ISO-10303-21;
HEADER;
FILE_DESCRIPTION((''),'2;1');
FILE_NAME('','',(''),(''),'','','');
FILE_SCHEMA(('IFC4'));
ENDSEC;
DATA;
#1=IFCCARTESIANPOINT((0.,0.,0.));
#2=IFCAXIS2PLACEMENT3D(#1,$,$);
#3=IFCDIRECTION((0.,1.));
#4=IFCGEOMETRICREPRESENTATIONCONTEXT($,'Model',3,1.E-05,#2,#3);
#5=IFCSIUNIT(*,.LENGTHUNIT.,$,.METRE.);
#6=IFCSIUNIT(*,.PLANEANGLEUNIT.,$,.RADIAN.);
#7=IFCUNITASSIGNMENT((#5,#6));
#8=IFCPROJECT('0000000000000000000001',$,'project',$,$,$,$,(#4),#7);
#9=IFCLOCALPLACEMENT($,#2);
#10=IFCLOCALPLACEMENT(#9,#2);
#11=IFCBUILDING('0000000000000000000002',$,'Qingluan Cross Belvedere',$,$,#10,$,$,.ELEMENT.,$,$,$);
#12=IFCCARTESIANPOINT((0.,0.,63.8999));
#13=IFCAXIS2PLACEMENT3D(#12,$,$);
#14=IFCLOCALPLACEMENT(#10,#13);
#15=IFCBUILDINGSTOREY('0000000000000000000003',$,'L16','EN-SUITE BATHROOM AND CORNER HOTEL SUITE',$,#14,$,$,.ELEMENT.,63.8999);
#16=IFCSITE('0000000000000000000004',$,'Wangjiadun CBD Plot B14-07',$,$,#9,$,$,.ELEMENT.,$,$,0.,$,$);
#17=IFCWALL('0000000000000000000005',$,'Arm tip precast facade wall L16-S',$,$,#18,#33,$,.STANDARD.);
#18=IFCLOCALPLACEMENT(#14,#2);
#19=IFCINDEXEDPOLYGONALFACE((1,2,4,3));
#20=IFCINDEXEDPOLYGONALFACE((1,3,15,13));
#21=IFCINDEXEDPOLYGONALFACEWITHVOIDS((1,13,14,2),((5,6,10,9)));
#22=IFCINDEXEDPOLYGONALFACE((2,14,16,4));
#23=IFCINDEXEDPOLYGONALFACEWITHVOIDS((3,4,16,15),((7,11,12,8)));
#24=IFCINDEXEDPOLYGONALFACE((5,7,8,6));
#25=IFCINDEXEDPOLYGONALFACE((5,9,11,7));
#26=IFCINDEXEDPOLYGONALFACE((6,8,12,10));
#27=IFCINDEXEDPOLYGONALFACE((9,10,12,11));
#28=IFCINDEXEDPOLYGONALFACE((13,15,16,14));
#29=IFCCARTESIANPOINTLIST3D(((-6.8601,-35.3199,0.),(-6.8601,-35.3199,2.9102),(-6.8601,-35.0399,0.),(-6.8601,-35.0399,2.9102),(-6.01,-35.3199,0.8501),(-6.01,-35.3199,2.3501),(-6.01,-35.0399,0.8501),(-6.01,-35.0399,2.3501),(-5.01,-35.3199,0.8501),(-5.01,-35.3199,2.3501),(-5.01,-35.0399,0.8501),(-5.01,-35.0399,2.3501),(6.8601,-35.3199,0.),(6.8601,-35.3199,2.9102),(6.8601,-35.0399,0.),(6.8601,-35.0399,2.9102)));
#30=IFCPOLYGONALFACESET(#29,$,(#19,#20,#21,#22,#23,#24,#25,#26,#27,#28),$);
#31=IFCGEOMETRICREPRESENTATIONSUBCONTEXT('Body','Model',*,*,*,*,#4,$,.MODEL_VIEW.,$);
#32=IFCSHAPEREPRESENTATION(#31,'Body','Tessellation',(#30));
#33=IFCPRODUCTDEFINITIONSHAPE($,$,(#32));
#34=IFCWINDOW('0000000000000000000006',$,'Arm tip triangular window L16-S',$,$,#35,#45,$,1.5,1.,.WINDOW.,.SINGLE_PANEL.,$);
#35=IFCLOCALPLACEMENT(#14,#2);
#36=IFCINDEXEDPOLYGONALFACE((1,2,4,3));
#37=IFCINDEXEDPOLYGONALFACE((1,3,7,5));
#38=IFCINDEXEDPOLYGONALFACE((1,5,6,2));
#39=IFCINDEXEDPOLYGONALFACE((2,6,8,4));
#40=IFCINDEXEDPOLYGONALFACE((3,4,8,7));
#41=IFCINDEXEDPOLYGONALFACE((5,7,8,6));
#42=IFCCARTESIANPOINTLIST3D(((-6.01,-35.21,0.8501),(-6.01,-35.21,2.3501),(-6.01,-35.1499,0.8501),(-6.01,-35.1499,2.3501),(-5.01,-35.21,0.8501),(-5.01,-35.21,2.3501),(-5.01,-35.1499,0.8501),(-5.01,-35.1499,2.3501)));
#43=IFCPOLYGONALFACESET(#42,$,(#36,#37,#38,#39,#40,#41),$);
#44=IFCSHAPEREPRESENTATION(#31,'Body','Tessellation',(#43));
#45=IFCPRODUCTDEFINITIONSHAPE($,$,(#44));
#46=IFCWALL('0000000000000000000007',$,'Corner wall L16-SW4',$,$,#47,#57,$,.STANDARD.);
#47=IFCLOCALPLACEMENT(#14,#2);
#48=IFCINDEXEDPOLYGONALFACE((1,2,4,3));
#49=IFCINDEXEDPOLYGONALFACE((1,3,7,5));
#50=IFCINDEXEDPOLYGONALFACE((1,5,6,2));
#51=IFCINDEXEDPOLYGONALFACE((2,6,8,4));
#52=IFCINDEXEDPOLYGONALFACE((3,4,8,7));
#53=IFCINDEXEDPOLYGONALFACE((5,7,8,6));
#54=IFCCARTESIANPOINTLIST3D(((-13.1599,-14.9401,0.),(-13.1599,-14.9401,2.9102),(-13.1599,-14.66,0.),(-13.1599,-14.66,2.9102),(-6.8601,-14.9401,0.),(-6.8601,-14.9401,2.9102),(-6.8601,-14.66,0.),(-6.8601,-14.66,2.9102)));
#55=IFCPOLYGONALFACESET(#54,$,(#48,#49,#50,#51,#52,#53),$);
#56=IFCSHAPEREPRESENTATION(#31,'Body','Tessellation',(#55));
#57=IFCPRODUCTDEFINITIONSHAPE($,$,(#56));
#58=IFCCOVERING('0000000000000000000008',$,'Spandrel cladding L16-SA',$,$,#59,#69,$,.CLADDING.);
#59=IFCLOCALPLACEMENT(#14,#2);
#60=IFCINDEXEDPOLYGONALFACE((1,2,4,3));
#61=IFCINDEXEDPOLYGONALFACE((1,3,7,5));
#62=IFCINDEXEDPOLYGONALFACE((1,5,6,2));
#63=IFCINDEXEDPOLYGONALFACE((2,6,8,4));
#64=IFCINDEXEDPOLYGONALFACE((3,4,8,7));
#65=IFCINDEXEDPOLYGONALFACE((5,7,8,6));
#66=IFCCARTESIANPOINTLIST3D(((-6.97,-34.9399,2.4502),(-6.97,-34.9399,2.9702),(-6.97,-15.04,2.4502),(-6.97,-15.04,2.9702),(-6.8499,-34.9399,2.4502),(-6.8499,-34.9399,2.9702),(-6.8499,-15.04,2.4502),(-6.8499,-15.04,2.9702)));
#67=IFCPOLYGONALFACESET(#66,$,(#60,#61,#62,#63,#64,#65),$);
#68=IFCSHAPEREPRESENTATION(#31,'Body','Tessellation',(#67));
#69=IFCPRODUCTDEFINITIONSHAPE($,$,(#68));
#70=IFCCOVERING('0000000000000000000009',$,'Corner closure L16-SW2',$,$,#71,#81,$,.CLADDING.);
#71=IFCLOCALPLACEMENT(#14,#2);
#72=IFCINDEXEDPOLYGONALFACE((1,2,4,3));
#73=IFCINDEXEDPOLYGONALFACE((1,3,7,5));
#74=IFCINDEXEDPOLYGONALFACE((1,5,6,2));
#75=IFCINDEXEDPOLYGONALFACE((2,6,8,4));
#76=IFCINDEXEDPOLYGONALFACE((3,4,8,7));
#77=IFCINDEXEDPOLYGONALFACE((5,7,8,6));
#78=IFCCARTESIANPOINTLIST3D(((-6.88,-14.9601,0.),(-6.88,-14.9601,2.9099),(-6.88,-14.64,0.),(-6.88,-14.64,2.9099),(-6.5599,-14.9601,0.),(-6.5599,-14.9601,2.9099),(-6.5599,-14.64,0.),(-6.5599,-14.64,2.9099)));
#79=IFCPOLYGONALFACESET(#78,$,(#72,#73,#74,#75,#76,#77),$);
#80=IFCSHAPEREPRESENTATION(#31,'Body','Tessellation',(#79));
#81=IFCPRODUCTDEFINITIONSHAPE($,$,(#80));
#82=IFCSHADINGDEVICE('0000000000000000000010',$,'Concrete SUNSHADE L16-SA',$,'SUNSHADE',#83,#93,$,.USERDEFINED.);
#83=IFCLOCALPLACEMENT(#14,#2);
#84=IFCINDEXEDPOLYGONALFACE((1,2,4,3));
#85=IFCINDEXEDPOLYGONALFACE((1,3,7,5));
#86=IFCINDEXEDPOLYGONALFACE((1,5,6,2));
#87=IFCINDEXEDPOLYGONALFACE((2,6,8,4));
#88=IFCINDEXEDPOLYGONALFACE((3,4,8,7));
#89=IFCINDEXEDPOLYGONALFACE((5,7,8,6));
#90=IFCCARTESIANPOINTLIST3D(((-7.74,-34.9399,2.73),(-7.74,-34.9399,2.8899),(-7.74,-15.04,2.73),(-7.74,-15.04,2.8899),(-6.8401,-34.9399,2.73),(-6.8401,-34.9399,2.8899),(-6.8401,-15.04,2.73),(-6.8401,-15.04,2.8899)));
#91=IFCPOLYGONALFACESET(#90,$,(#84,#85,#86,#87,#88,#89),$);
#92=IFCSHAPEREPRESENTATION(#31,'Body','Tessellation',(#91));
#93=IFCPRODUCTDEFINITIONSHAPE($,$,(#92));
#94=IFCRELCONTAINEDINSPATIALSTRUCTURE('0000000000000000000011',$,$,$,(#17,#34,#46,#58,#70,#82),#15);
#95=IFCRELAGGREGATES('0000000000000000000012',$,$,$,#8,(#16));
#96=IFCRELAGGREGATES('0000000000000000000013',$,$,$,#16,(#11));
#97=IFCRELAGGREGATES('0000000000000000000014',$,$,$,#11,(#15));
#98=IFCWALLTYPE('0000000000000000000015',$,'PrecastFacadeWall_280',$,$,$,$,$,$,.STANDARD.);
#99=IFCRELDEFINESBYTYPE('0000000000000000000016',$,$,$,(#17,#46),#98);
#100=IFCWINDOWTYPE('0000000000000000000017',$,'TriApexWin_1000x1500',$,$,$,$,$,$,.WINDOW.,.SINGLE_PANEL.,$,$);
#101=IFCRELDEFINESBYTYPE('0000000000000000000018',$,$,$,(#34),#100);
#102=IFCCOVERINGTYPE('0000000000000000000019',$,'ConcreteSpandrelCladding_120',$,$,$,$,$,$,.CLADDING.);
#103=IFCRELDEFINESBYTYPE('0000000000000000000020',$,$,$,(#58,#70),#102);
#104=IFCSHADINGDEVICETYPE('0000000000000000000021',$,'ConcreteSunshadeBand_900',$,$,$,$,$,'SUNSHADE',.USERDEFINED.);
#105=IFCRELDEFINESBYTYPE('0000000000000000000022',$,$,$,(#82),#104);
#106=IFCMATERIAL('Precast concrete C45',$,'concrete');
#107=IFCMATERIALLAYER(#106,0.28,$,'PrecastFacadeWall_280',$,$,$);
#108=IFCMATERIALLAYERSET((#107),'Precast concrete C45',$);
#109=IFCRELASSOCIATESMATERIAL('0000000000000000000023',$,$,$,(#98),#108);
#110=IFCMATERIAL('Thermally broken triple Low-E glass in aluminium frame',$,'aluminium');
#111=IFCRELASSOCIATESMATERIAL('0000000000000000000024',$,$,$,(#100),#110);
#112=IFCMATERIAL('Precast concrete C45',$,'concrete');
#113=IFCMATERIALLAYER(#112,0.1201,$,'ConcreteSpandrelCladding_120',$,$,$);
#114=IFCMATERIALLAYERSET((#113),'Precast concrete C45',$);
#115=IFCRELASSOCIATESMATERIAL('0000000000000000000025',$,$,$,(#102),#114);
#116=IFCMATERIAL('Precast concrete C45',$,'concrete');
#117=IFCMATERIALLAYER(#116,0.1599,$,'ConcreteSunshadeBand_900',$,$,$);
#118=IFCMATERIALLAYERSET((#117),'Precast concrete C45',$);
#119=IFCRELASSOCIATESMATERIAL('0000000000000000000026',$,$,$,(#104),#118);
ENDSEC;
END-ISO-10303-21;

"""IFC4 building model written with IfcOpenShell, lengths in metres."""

from ifc_helpers import new_model, si_unit, direction, frame, frame_2d, origin, origin_2d, place, context, subcontext, project, spatial, rectangle, extrude, material, layer, layer_set, type_object, element, fill, save


model = new_model("IFC4")

# Units and contexts
model_context = context("Model", 3, precision=1e-05, world=origin(), true_north=direction((0.0, 1.0)))
body_context = subcontext(model_context, "Body", "Model", "MODEL_VIEW")
ifc_project = project(units=[si_unit("LENGTHUNIT", "METRE"), si_unit("PLANEANGLEUNIT", "RADIAN")], contexts=[model_context])

# Site, building, storey
site_placement = place(None, origin())
site = spatial("IfcSite", under=ifc_project, at=site_placement, Name="Wangjiadun CBD Plot B14-07", CompositionType="ELEMENT", RefElevation=0.0)
building_placement = place(site_placement, origin())
building = spatial("IfcBuilding", under=site, at=building_placement, Name="Qingluan Cross Belvedere", CompositionType="ELEMENT")
storey_placement = place(building_placement, frame((0.0, 0.0, 63.8999)))
storey = spatial("IfcBuildingStorey", under=building, at=storey_placement, Name="L16", Description="EN-SUITE BATHROOM AND CORNER HOTEL SUITE", CompositionType="ELEMENT", Elevation=63.8999)

# Shared definitions
ifc_material_1 = material(Name="Precast concrete C45", Category="concrete")
ifc_layer_1 = layer(ifc_material_1, 0.28, Name="PrecastFacadeWall_280")
ifc_layer_set_1 = layer_set([ifc_layer_1], Name="Precast concrete C45")
wall_type_1 = type_object("IfcWallType", Name="PrecastFacadeWall_280", PredefinedType="STANDARD", material=ifc_layer_set_1)

# Wall, opening, window
wall_1_placement = place(storey_placement, frame((-6.8601, -35.1799, 0.0), z_axis=(0.0, 0.0, 1.0), x_axis=(1.0, 0.0, 0.0)))
wall_1 = element("IfcWall", 1, at=wall_1_placement, inside=storey, type_object=wall_type_1, Name="Arm tip precast facade wall L16-S", PredefinedType="STANDARD", context=body_context, shape_type="SweptSolid", body=[
    extrude(rectangle(XDim=13.7202, YDim=0.28, at=frame_2d((6.8601, 0.0))), origin(), (0.0, 0.0, 1.0), 2.9102),
])
opening_1_placement = place(wall_1_placement, frame((0.8501, 0.0, 0.8501)))
opening_1 = element("IfcOpeningElement", 2, at=opening_1_placement, cuts=wall_1, PredefinedType="OPENING", context=body_context, shape_type="SweptSolid", body=[
    extrude(rectangle(XDim=1.0, YDim=1.5, at=frame_2d((0.5, 0.75))), frame((0.0, 0.1499, 0.0), z_axis=(0.0, -1.0, 0.0), x_axis=(1.0, 0.0, 0.0)), (0.0, 0.0, 1.0), 0.3),
])
ifc_material_2 = material(Name="Thermally broken triple Low-E glass in aluminium frame", Category="aluminium")
window_type_1 = type_object("IfcWindowType", Name="TriApexWin_1000x1500", PartitioningType="SINGLE_PANEL", PredefinedType="WINDOW", material=ifc_material_2)
window_1_placement = place(opening_1_placement, origin())
window_1 = element("IfcWindow", 3, at=window_1_placement, inside=storey, type_object=window_type_1, Name="Arm tip triangular window L16-S", OverallHeight=1.5, OverallWidth=1.0, PartitioningType="SINGLE_PANEL", PredefinedType="WINDOW", context=body_context, shape_type="SweptSolid", body=[
    extrude(rectangle(XDim=1.0, YDim=1.5, at=frame_2d((0.5, 0.75))), frame((0.0, 0.03, 0.0), z_axis=(0.0, -1.0, 0.0), x_axis=(1.0, 0.0, 0.0)), (0.0, 0.0, 1.0), 0.0601),
])
fill(opening_1, window_1)

# Wall
wall_2_placement = place(storey_placement, frame((-13.1599, -14.8, 0.0), z_axis=(0.0, 0.0, 1.0), x_axis=(1.0, 0.0, 0.0)))
element("IfcWall", 4, at=wall_2_placement, inside=storey, type_object=wall_type_1, Name="Corner wall L16-SW4", PredefinedType="STANDARD", context=body_context, shape_type="SweptSolid", body=[
    extrude(rectangle(XDim=6.2998, YDim=0.28, at=frame_2d((3.1499, 0.0))), origin(), (0.0, 0.0, 1.0), 2.9102),
])

# Coverings
ifc_material_3 = material(Name="Precast concrete C45", Category="concrete")
ifc_layer_2 = layer(ifc_material_3, 0.1201, Name="ConcreteSpandrelCladding_120")
ifc_layer_set_2 = layer_set([ifc_layer_2], Name="Precast concrete C45")
covering_type = type_object("IfcCoveringType", Name="ConcreteSpandrelCladding_120", PredefinedType="CLADDING", material=ifc_layer_set_2)
covering_1_placement = place(storey_placement, frame((-6.9099, -24.99, 2.4502), z_axis=(0.0, 0.0, 1.0), x_axis=(0.0, -1.0, 0.0)))
element("IfcCovering", 5, at=covering_1_placement, inside=storey, type_object=covering_type, Name="Spandrel cladding L16-SA", PredefinedType="CLADDING", context=body_context, shape_type="SweptSolid", body=[
    extrude(rectangle(XDim=19.8999, YDim=0.1201, at=origin_2d()), origin(), (0.0, 0.0, 1.0), 0.52),
])
covering_2_placement = place(storey_placement, frame((-6.72, -14.8, 0.0), z_axis=(0.0, 0.0, 1.0), x_axis=(1.0, 0.0, 0.0)))
element("IfcCovering", 6, at=covering_2_placement, inside=storey, type_object=covering_type, Name="Corner closure L16-SW2", PredefinedType="CLADDING", context=body_context, shape_type="SweptSolid", body=[
    extrude(rectangle(XDim=0.3201, YDim=0.3201, at=origin_2d()), origin(), (0.0, 0.0, 1.0), 2.9099),
])

# Shading device
ifc_material_4 = material(Name="Precast concrete C45", Category="concrete")
ifc_layer_3 = layer(ifc_material_4, 0.1599, Name="ConcreteSunshadeBand_900")
ifc_layer_set_3 = layer_set([ifc_layer_3], Name="Precast concrete C45")
shading_device_type = type_object("IfcShadingDeviceType", Name="ConcreteSunshadeBand_900", ElementType="SUNSHADE", PredefinedType="USERDEFINED", material=ifc_layer_set_3)
shading_device_placement = place(storey_placement, frame((-7.29, -24.99, 2.73), z_axis=(0.0, 0.0, 1.0), x_axis=(0.0, -1.0, 0.0)))
element("IfcShadingDevice", 7, at=shading_device_placement, inside=storey, type_object=shading_device_type, Name="Concrete SUNSHADE L16-SA", ObjectType="SUNSHADE", PredefinedType="USERDEFINED", context=body_context, shape_type="SweptSolid", body=[
    extrude(rectangle(XDim=19.8999, YDim=0.8999, at=origin_2d()), origin(), (0.0, 0.0, 1.0), 0.1599),
])

save(model, "model.ifc")
